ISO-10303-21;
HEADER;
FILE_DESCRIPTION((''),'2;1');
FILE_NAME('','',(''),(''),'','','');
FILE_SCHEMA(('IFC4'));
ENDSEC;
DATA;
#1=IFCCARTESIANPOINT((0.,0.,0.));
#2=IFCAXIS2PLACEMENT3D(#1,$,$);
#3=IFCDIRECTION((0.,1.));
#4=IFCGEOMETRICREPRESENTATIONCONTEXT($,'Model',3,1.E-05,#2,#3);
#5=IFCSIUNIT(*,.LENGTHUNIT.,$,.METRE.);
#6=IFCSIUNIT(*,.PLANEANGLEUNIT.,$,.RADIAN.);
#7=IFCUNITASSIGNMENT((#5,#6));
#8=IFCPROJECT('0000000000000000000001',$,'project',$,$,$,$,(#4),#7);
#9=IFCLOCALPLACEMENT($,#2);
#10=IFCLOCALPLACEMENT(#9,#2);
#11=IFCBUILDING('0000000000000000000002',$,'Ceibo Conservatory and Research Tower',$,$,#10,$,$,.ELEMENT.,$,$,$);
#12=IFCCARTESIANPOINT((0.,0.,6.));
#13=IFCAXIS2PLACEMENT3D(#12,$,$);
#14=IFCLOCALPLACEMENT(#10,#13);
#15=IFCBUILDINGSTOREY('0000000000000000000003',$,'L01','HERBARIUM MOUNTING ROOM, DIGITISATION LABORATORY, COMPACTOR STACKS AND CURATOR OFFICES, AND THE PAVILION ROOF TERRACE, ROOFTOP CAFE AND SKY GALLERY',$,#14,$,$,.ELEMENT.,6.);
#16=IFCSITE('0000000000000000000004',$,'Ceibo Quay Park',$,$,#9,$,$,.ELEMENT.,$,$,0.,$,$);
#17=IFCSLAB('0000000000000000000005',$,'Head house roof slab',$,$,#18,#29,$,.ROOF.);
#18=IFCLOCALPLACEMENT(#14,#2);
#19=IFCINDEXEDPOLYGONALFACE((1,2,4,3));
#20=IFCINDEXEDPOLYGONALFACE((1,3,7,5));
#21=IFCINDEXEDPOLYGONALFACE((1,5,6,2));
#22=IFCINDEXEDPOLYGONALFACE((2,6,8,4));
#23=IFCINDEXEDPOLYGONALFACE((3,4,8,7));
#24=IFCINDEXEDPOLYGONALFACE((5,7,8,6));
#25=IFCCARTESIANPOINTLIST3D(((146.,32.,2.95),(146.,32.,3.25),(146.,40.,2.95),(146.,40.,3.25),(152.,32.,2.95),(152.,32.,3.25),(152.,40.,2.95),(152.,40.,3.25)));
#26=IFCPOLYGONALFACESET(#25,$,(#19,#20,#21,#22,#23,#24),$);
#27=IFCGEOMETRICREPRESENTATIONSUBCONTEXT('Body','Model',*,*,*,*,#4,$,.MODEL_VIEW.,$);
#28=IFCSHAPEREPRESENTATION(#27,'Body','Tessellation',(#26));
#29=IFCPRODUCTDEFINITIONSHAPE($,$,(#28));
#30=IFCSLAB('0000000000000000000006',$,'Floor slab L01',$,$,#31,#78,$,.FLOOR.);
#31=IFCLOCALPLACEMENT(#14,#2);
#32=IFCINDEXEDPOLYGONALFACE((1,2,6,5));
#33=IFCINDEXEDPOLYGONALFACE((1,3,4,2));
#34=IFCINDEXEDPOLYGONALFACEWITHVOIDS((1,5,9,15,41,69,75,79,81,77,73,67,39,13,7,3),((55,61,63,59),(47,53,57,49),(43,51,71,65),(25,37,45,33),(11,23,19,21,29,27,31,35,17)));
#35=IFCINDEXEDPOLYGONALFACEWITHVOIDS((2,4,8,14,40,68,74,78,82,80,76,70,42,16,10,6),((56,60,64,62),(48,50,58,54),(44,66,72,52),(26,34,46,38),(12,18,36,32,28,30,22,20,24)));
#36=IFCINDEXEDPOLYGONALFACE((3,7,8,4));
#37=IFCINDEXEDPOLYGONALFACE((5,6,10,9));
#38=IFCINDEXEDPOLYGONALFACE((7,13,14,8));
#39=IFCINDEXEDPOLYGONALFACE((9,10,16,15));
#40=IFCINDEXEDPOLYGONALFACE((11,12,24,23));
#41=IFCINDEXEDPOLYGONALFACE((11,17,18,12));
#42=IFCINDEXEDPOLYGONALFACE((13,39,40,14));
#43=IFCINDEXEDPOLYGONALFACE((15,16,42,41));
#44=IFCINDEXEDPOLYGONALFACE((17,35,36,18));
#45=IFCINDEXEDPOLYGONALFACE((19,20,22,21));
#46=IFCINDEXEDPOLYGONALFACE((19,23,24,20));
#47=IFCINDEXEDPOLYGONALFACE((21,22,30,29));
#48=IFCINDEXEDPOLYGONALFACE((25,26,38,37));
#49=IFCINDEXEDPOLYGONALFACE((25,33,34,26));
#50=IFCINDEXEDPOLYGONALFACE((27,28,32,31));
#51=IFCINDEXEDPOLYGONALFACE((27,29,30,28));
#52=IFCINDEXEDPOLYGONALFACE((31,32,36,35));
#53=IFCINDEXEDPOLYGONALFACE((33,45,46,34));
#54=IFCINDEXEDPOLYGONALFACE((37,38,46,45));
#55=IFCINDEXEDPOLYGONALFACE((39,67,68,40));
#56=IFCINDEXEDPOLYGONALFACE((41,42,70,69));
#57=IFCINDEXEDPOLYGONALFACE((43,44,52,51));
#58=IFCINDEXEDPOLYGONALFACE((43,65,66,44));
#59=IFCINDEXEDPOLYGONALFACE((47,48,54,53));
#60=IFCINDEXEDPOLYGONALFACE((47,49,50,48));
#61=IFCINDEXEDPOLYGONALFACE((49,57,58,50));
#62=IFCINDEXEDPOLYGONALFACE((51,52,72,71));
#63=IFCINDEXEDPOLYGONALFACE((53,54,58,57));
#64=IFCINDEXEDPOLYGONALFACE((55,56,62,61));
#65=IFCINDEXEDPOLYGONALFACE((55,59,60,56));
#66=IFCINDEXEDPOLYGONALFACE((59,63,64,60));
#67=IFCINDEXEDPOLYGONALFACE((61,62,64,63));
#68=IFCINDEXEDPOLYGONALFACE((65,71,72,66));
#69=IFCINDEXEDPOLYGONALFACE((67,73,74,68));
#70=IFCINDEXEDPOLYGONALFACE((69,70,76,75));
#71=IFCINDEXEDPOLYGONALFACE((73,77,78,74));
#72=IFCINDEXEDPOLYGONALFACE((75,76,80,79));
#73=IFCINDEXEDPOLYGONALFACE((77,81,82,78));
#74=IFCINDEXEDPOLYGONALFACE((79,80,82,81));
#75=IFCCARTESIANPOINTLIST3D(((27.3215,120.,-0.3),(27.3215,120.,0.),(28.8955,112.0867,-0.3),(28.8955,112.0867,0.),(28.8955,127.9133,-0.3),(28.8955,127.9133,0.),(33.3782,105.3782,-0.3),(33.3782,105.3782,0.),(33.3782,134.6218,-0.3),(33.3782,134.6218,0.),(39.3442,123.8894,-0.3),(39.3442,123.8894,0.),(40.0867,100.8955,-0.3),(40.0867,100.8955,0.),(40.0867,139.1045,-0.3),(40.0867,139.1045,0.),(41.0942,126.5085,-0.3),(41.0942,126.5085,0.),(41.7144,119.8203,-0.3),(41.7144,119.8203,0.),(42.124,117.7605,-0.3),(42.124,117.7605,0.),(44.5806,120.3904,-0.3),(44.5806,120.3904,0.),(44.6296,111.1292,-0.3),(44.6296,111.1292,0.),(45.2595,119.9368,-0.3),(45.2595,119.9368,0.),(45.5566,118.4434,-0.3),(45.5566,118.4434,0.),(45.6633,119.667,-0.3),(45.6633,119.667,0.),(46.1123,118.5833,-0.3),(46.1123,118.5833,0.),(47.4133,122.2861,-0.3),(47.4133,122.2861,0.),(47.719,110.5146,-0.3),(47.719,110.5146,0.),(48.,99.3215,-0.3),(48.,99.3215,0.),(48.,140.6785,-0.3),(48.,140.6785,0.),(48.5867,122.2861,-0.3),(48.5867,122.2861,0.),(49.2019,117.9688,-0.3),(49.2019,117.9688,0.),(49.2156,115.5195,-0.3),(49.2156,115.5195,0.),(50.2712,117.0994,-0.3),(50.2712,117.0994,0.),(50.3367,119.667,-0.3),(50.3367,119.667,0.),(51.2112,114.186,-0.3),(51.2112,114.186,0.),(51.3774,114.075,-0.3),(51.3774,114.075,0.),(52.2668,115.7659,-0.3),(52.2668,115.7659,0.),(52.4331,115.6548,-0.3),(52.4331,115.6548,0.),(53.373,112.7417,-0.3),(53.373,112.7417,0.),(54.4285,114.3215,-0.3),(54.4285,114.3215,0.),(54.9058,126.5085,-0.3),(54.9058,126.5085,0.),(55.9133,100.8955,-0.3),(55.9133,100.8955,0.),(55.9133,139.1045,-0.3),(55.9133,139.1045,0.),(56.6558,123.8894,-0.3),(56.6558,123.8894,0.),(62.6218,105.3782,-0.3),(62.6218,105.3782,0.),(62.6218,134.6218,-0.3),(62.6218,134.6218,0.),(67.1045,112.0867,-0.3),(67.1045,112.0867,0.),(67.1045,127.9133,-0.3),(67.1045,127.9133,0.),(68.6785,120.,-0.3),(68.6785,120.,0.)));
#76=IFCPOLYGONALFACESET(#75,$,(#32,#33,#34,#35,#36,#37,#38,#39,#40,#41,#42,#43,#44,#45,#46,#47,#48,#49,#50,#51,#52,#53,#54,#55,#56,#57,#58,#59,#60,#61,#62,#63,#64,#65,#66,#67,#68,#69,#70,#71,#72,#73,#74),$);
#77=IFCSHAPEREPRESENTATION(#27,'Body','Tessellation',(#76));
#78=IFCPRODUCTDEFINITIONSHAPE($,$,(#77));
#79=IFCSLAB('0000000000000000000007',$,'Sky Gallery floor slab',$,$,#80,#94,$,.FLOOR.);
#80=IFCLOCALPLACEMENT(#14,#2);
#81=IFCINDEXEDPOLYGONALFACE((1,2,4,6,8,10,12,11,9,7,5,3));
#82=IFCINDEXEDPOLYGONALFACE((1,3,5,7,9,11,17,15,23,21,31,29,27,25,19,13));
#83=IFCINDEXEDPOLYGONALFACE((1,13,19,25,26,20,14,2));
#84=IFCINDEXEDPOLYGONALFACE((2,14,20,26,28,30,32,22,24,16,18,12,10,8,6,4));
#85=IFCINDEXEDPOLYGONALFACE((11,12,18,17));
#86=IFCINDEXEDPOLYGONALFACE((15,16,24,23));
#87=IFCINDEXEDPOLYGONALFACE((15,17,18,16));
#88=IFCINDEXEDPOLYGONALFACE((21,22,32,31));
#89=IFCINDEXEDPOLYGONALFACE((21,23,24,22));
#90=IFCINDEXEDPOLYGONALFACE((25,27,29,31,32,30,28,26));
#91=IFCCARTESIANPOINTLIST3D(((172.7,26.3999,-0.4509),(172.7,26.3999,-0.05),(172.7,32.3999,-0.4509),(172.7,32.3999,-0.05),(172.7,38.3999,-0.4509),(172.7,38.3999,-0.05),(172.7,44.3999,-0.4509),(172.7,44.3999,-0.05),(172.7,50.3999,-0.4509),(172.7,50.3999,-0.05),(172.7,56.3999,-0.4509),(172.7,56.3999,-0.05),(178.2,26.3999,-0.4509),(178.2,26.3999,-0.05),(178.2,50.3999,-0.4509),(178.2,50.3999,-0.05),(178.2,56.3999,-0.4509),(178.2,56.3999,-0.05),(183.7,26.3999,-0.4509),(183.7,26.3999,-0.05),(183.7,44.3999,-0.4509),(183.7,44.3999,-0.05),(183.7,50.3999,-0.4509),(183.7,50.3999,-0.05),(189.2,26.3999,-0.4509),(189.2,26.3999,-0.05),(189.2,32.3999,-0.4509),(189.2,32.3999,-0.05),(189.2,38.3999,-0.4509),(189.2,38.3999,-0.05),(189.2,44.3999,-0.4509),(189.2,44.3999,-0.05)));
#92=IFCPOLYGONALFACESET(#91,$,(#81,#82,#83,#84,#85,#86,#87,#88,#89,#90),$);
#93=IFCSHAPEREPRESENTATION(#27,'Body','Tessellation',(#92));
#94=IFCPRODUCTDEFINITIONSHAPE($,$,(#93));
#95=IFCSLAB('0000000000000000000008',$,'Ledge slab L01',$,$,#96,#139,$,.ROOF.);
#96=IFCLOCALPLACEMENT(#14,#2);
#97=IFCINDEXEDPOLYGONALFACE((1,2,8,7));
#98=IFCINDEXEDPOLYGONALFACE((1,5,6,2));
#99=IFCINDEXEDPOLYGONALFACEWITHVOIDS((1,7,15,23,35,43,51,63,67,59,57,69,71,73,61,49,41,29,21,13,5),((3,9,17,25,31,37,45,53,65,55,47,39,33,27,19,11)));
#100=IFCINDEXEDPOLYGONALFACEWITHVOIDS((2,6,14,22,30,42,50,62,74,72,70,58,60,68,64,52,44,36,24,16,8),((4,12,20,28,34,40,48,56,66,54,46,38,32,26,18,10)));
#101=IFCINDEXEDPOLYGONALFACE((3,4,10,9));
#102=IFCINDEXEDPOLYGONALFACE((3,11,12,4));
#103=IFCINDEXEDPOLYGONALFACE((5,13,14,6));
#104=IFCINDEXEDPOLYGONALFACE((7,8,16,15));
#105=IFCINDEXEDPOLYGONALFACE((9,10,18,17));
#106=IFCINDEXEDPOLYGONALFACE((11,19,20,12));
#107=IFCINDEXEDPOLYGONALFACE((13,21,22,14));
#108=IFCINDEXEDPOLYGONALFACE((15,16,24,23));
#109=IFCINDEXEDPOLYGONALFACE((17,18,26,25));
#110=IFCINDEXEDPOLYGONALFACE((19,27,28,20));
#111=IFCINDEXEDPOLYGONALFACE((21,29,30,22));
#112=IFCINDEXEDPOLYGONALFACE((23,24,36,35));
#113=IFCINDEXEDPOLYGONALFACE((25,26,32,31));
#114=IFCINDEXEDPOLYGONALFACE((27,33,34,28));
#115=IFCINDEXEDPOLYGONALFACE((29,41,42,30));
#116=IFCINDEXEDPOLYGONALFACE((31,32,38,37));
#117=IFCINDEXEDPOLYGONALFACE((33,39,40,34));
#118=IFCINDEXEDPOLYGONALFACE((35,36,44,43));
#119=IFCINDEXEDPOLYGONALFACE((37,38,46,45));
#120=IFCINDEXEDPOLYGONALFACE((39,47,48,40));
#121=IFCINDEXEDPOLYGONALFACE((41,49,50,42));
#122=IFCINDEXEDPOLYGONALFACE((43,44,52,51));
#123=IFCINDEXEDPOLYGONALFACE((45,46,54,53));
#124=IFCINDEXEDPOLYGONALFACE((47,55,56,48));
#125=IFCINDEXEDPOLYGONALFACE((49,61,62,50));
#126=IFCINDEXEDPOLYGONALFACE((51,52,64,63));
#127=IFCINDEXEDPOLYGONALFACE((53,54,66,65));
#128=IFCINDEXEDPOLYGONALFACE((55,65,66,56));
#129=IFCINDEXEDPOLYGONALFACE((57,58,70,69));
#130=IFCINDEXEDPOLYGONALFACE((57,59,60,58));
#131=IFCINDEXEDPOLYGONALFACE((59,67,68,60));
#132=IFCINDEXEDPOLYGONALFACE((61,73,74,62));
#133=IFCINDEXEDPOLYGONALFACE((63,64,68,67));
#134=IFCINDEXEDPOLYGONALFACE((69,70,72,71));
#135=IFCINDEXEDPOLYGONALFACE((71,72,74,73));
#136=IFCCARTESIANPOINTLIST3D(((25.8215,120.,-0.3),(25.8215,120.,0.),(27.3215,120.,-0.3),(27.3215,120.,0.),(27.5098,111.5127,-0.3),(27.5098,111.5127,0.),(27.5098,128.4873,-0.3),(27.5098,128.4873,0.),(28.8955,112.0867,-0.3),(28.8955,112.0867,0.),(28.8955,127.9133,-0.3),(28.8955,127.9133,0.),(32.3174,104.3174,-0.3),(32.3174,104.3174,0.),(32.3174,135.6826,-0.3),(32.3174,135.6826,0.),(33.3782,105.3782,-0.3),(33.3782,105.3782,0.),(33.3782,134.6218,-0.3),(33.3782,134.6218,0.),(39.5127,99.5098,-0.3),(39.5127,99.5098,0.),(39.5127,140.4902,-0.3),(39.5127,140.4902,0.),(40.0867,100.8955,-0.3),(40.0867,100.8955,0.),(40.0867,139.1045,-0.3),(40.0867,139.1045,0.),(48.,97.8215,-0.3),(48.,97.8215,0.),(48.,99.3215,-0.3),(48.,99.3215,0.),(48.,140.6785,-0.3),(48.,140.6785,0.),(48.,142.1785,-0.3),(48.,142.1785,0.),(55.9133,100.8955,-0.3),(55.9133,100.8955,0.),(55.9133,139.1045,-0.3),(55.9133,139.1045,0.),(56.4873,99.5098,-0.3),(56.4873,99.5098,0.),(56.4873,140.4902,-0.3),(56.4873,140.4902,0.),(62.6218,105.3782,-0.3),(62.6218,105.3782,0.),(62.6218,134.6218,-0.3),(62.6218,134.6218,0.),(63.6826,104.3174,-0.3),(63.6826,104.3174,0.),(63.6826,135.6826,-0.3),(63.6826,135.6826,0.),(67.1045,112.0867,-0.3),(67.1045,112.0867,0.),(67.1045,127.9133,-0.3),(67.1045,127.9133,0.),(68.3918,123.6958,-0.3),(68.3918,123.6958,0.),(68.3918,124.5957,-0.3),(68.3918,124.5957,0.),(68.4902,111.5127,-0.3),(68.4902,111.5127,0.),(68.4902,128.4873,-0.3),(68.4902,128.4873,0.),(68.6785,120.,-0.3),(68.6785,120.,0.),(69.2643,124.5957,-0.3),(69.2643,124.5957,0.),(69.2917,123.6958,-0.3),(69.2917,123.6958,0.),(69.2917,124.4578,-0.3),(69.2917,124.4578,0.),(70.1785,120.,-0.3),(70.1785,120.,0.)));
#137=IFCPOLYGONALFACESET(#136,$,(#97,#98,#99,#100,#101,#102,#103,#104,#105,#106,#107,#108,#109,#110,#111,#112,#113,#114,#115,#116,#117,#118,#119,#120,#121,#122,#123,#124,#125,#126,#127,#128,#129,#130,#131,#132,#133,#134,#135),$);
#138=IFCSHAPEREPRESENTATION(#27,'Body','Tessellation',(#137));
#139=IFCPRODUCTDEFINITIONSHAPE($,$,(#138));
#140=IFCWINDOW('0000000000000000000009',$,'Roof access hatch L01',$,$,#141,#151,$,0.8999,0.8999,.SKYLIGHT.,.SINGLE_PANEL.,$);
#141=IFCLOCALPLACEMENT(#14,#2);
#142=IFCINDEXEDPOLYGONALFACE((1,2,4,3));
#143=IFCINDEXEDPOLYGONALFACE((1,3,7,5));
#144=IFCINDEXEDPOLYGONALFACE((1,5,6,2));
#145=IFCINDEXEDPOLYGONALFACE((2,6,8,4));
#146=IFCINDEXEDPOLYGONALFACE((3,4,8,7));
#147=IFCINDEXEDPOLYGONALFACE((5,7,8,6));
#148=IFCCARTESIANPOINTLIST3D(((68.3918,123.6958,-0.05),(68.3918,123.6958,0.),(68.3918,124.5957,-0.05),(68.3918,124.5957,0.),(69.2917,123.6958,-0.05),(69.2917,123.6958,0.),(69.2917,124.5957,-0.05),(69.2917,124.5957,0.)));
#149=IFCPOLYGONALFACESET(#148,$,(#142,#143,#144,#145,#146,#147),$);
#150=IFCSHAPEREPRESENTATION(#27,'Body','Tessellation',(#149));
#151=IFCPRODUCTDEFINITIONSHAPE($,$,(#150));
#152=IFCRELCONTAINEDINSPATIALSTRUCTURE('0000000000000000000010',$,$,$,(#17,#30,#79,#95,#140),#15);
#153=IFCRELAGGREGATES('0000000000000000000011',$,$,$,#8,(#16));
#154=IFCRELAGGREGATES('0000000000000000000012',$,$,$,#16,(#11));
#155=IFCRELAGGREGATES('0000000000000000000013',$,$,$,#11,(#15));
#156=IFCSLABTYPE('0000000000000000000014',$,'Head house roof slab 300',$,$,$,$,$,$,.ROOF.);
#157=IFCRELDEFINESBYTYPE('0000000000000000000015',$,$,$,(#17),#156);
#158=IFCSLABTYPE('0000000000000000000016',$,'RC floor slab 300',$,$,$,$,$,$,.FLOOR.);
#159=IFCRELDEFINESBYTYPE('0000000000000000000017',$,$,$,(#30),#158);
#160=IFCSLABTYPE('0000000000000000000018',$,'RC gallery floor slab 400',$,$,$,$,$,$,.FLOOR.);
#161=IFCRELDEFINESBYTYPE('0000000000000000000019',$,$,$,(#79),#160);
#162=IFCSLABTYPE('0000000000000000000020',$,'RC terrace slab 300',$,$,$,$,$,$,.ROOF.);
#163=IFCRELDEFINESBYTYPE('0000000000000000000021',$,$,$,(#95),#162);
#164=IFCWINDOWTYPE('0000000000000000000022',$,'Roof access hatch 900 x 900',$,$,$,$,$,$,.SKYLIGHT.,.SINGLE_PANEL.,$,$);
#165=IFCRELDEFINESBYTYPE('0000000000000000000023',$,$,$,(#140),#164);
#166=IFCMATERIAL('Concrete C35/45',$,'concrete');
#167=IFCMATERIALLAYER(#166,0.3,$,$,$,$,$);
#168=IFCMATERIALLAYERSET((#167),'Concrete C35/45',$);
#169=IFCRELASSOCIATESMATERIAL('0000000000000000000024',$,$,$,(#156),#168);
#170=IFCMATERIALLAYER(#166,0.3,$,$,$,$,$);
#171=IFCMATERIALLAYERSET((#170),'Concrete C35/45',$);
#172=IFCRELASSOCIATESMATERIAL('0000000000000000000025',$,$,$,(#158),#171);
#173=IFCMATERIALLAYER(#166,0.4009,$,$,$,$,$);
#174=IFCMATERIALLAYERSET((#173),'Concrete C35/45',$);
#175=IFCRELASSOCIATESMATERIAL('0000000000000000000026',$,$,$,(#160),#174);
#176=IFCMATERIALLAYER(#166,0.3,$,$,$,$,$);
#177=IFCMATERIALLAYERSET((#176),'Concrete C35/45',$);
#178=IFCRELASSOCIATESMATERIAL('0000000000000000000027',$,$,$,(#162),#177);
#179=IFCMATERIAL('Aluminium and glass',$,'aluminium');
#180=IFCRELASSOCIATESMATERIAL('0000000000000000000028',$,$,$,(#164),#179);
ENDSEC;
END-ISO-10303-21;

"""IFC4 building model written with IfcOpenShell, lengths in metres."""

from ifc_helpers import new_model, si_unit, direction, frame, origin, origin_2d, place, context, subcontext, project, spatial, polyline, rectangle, outline, extrude, material, layer, layer_set, type_object, element, fill, save


model = new_model("IFC4")

# Units and contexts
model_context = context("Model", 3, precision=1e-05, world=origin(), true_north=direction((0.0, 1.0)))
body_context = subcontext(model_context, "Body", "Model", "MODEL_VIEW")
ifc_project = project(units=[si_unit("LENGTHUNIT", "METRE"), si_unit("PLANEANGLEUNIT", "RADIAN")], contexts=[model_context])

# Site, building, storey
site_placement = place(None, origin())
site = spatial("IfcSite", under=ifc_project, at=site_placement, Name="Ceibo Quay Park", CompositionType="ELEMENT", RefElevation=0.0)
building_placement = place(site_placement, origin())
building = spatial("IfcBuilding", under=site, at=building_placement, Name="Ceibo Conservatory and Research Tower", CompositionType="ELEMENT")
storey_placement = place(building_placement, frame((0.0, 0.0, 6.0)))
storey = spatial("IfcBuildingStorey", under=building, at=storey_placement, Name="L01", Description="HERBARIUM MOUNTING ROOM, DIGITISATION LABORATORY, COMPACTOR STACKS AND CURATOR OFFICES, AND THE PAVILION ROOF TERRACE, ROOFTOP CAFE AND SKY GALLERY", CompositionType="ELEMENT", Elevation=6.0)

# Slabs
ifc_material_1 = material(Name="Concrete C35/45", Category="concrete")
ifc_layer_1 = layer(ifc_material_1, 0.3)
ifc_layer_set_1 = layer_set([ifc_layer_1], Name="Concrete C35/45")
slab_type_1 = type_object("IfcSlabType", Name="Head house roof slab 300", PredefinedType="ROOF", material=ifc_layer_set_1)
slab_1_placement = place(storey_placement, frame((0.0, 0.0, 2.95)))
element("IfcSlab", 1, at=slab_1_placement, inside=storey, type_object=slab_type_1, Name="Head house roof slab", PredefinedType="ROOF", context=body_context, shape_type="SweptSolid", body=[
    extrude(outline(polyline([(146.0, 32.0), (152.0, 32.0), (152.0, 40.0), (146.0, 40.0), (146.0, 32.0)])), origin(), (0.0, 0.0, 1.0), 0.3),
])
ifc_layer_2 = layer(ifc_material_1, 0.3)
ifc_layer_set_2 = layer_set([ifc_layer_2], Name="Concrete C35/45")
slab_type_2 = type_object("IfcSlabType", Name="RC floor slab 300", PredefinedType="FLOOR", material=ifc_layer_set_2)
slab_2_placement = place(storey_placement, frame((0.0, 0.0, -0.3)))
element("IfcSlab", 2, at=slab_2_placement, inside=storey, type_object=slab_type_2, Name="Floor slab L01", PredefinedType="FLOOR", context=body_context, shape_type="SweptSolid", body=[
    extrude(outline(polyline([(68.6785, 120.0), (67.1045, 127.9133), (62.6218, 134.6218), (55.9133, 139.1045), (48.0, 140.6785), (40.0867, 139.1045), (33.3782, 134.6218), (28.8955, 127.9133), (27.3215, 120.0), (28.8955, 112.0867), (33.3782, 105.3782), (40.0867, 100.8955), (48.0, 99.3215), (55.9133, 100.8955), (62.6218, 105.3782), (67.1045, 112.0867), (68.6785, 120.0)]), holes=[polyline([(52.4331, 115.6548), (51.3774, 114.075), (53.373, 112.7417), (54.4285, 114.3215), (52.4331, 115.6548)]), polyline([(47.719, 110.5146), (49.2019, 117.9688), (46.1123, 118.5833), (44.6296, 111.1292), (47.719, 110.5146)]), polyline([(52.2668, 115.7659), (50.2712, 117.0994), (49.2156, 115.5195), (51.2112, 114.186), (52.2668, 115.7659)]), polyline([(42.124, 117.7605), (45.5566, 118.4434), (45.2595, 119.9368), (45.6633, 119.667), (47.4133, 122.2861), (41.0942, 126.5085), (39.3442, 123.8894), (44.5806, 120.3904), (41.7144, 119.8203), (42.124, 117.7605)]), polyline([(54.9058, 126.5085), (48.5867, 122.2861), (50.3367, 119.667), (56.6558, 123.8894), (54.9058, 126.5085)])]), origin(), (0.0, 0.0, 1.0), 0.3),
])
ifc_layer_3 = layer(ifc_material_1, 0.4009)
ifc_layer_set_3 = layer_set([ifc_layer_3], Name="Concrete C35/45")
slab_type_3 = type_object("IfcSlabType", Name="RC gallery floor slab 400", PredefinedType="FLOOR", material=ifc_layer_set_3)
slab_3_placement = place(storey_placement, frame((0.0, 0.0, -0.4509)))
element("IfcSlab", 3, at=slab_3_placement, inside=storey, type_object=slab_type_3, Name="Sky Gallery floor slab", PredefinedType="FLOOR", context=body_context, shape_type="SweptSolid", body=[
    extrude(outline(polyline([(172.7, 38.3999), (172.7, 44.3999), (172.7, 50.3999), (172.7, 56.3999), (178.2, 56.3999), (178.2, 50.3999), (183.7, 50.3999), (183.7, 44.3999), (189.2, 44.3999), (189.2, 38.3999), (189.2, 32.3999), (189.2, 26.3999), (183.7, 26.3999), (178.2, 26.3999), (172.7, 26.3999), (172.7, 32.3999), (172.7, 38.3999)])), origin(), (0.0, 0.0, 1.0), 0.4009),
])

# Slab, opening, window
ifc_layer_4 = layer(ifc_material_1, 0.3)
ifc_layer_set_4 = layer_set([ifc_layer_4], Name="Concrete C35/45")
slab_type_4 = type_object("IfcSlabType", Name="RC terrace slab 300", PredefinedType="ROOF", material=ifc_layer_set_4)
slab_4_placement = place(storey_placement, frame((0.0, 0.0, -0.3)))
slab_4 = element("IfcSlab", 4, at=slab_4_placement, inside=storey, type_object=slab_type_4, Name="Ledge slab L01", PredefinedType="ROOF", context=body_context, shape_type="SweptSolid", body=[
    extrude(outline(polyline([(70.1785, 120.0), (68.4902, 128.4873), (63.6826, 135.6826), (56.4873, 140.4902), (48.0, 142.1785), (39.5127, 140.4902), (32.3174, 135.6826), (27.5098, 128.4873), (25.8215, 120.0), (27.5098, 111.5127), (32.3174, 104.3174), (39.5127, 99.5098), (48.0, 97.8215), (56.4873, 99.5098), (63.6826, 104.3174), (68.4902, 111.5127), (70.1785, 120.0)]), holes=[polyline([(68.6785, 120.0), (67.1045, 127.9133), (62.6218, 134.6218), (55.9133, 139.1045), (48.0, 140.6785), (40.0867, 139.1045), (33.3782, 134.6218), (28.8955, 127.9133), (27.3215, 120.0), (28.8955, 112.0867), (33.3782, 105.3782), (40.0867, 100.8955), (48.0, 99.3215), (55.9133, 100.8955), (62.6218, 105.3782), (67.1045, 112.0867), (68.6785, 120.0)])]), origin(), (0.0, 0.0, 1.0), 0.3),
])
opening_1_placement = place(slab_4_placement, frame((68.8418, 124.1458, 0.0)))
opening_1 = element("IfcOpeningElement", 5, at=opening_1_placement, cuts=slab_4, PredefinedType="OPENING", context=body_context, shape_type="SweptSolid", body=[
    extrude(rectangle(XDim=0.8999, YDim=0.8999, at=origin_2d()), origin(), (0.0, 0.0, 1.0), 0.3),
])
ifc_material_2 = material(Name="Aluminium and glass", Category="aluminium")
window_type_1 = type_object("IfcWindowType", Name="Roof access hatch 900 x 900", PartitioningType="SINGLE_PANEL", PredefinedType="SKYLIGHT", material=ifc_material_2)
window_1_placement = place(opening_1_placement, frame((0.0, 0.0, 0.25)))
window_1 = element("IfcWindow", 6, at=window_1_placement, inside=storey, type_object=window_type_1, Name="Roof access hatch L01", OverallHeight=0.8999, OverallWidth=0.8999, PartitioningType="SINGLE_PANEL", PredefinedType="SKYLIGHT", context=body_context, shape_type="SweptSolid", body=[
    extrude(rectangle(XDim=0.8999, YDim=0.8999, at=origin_2d()), origin(), (0.0, 0.0, 1.0), 0.05),
])
fill(opening_1, window_1)

save(model, "model.ifc")
